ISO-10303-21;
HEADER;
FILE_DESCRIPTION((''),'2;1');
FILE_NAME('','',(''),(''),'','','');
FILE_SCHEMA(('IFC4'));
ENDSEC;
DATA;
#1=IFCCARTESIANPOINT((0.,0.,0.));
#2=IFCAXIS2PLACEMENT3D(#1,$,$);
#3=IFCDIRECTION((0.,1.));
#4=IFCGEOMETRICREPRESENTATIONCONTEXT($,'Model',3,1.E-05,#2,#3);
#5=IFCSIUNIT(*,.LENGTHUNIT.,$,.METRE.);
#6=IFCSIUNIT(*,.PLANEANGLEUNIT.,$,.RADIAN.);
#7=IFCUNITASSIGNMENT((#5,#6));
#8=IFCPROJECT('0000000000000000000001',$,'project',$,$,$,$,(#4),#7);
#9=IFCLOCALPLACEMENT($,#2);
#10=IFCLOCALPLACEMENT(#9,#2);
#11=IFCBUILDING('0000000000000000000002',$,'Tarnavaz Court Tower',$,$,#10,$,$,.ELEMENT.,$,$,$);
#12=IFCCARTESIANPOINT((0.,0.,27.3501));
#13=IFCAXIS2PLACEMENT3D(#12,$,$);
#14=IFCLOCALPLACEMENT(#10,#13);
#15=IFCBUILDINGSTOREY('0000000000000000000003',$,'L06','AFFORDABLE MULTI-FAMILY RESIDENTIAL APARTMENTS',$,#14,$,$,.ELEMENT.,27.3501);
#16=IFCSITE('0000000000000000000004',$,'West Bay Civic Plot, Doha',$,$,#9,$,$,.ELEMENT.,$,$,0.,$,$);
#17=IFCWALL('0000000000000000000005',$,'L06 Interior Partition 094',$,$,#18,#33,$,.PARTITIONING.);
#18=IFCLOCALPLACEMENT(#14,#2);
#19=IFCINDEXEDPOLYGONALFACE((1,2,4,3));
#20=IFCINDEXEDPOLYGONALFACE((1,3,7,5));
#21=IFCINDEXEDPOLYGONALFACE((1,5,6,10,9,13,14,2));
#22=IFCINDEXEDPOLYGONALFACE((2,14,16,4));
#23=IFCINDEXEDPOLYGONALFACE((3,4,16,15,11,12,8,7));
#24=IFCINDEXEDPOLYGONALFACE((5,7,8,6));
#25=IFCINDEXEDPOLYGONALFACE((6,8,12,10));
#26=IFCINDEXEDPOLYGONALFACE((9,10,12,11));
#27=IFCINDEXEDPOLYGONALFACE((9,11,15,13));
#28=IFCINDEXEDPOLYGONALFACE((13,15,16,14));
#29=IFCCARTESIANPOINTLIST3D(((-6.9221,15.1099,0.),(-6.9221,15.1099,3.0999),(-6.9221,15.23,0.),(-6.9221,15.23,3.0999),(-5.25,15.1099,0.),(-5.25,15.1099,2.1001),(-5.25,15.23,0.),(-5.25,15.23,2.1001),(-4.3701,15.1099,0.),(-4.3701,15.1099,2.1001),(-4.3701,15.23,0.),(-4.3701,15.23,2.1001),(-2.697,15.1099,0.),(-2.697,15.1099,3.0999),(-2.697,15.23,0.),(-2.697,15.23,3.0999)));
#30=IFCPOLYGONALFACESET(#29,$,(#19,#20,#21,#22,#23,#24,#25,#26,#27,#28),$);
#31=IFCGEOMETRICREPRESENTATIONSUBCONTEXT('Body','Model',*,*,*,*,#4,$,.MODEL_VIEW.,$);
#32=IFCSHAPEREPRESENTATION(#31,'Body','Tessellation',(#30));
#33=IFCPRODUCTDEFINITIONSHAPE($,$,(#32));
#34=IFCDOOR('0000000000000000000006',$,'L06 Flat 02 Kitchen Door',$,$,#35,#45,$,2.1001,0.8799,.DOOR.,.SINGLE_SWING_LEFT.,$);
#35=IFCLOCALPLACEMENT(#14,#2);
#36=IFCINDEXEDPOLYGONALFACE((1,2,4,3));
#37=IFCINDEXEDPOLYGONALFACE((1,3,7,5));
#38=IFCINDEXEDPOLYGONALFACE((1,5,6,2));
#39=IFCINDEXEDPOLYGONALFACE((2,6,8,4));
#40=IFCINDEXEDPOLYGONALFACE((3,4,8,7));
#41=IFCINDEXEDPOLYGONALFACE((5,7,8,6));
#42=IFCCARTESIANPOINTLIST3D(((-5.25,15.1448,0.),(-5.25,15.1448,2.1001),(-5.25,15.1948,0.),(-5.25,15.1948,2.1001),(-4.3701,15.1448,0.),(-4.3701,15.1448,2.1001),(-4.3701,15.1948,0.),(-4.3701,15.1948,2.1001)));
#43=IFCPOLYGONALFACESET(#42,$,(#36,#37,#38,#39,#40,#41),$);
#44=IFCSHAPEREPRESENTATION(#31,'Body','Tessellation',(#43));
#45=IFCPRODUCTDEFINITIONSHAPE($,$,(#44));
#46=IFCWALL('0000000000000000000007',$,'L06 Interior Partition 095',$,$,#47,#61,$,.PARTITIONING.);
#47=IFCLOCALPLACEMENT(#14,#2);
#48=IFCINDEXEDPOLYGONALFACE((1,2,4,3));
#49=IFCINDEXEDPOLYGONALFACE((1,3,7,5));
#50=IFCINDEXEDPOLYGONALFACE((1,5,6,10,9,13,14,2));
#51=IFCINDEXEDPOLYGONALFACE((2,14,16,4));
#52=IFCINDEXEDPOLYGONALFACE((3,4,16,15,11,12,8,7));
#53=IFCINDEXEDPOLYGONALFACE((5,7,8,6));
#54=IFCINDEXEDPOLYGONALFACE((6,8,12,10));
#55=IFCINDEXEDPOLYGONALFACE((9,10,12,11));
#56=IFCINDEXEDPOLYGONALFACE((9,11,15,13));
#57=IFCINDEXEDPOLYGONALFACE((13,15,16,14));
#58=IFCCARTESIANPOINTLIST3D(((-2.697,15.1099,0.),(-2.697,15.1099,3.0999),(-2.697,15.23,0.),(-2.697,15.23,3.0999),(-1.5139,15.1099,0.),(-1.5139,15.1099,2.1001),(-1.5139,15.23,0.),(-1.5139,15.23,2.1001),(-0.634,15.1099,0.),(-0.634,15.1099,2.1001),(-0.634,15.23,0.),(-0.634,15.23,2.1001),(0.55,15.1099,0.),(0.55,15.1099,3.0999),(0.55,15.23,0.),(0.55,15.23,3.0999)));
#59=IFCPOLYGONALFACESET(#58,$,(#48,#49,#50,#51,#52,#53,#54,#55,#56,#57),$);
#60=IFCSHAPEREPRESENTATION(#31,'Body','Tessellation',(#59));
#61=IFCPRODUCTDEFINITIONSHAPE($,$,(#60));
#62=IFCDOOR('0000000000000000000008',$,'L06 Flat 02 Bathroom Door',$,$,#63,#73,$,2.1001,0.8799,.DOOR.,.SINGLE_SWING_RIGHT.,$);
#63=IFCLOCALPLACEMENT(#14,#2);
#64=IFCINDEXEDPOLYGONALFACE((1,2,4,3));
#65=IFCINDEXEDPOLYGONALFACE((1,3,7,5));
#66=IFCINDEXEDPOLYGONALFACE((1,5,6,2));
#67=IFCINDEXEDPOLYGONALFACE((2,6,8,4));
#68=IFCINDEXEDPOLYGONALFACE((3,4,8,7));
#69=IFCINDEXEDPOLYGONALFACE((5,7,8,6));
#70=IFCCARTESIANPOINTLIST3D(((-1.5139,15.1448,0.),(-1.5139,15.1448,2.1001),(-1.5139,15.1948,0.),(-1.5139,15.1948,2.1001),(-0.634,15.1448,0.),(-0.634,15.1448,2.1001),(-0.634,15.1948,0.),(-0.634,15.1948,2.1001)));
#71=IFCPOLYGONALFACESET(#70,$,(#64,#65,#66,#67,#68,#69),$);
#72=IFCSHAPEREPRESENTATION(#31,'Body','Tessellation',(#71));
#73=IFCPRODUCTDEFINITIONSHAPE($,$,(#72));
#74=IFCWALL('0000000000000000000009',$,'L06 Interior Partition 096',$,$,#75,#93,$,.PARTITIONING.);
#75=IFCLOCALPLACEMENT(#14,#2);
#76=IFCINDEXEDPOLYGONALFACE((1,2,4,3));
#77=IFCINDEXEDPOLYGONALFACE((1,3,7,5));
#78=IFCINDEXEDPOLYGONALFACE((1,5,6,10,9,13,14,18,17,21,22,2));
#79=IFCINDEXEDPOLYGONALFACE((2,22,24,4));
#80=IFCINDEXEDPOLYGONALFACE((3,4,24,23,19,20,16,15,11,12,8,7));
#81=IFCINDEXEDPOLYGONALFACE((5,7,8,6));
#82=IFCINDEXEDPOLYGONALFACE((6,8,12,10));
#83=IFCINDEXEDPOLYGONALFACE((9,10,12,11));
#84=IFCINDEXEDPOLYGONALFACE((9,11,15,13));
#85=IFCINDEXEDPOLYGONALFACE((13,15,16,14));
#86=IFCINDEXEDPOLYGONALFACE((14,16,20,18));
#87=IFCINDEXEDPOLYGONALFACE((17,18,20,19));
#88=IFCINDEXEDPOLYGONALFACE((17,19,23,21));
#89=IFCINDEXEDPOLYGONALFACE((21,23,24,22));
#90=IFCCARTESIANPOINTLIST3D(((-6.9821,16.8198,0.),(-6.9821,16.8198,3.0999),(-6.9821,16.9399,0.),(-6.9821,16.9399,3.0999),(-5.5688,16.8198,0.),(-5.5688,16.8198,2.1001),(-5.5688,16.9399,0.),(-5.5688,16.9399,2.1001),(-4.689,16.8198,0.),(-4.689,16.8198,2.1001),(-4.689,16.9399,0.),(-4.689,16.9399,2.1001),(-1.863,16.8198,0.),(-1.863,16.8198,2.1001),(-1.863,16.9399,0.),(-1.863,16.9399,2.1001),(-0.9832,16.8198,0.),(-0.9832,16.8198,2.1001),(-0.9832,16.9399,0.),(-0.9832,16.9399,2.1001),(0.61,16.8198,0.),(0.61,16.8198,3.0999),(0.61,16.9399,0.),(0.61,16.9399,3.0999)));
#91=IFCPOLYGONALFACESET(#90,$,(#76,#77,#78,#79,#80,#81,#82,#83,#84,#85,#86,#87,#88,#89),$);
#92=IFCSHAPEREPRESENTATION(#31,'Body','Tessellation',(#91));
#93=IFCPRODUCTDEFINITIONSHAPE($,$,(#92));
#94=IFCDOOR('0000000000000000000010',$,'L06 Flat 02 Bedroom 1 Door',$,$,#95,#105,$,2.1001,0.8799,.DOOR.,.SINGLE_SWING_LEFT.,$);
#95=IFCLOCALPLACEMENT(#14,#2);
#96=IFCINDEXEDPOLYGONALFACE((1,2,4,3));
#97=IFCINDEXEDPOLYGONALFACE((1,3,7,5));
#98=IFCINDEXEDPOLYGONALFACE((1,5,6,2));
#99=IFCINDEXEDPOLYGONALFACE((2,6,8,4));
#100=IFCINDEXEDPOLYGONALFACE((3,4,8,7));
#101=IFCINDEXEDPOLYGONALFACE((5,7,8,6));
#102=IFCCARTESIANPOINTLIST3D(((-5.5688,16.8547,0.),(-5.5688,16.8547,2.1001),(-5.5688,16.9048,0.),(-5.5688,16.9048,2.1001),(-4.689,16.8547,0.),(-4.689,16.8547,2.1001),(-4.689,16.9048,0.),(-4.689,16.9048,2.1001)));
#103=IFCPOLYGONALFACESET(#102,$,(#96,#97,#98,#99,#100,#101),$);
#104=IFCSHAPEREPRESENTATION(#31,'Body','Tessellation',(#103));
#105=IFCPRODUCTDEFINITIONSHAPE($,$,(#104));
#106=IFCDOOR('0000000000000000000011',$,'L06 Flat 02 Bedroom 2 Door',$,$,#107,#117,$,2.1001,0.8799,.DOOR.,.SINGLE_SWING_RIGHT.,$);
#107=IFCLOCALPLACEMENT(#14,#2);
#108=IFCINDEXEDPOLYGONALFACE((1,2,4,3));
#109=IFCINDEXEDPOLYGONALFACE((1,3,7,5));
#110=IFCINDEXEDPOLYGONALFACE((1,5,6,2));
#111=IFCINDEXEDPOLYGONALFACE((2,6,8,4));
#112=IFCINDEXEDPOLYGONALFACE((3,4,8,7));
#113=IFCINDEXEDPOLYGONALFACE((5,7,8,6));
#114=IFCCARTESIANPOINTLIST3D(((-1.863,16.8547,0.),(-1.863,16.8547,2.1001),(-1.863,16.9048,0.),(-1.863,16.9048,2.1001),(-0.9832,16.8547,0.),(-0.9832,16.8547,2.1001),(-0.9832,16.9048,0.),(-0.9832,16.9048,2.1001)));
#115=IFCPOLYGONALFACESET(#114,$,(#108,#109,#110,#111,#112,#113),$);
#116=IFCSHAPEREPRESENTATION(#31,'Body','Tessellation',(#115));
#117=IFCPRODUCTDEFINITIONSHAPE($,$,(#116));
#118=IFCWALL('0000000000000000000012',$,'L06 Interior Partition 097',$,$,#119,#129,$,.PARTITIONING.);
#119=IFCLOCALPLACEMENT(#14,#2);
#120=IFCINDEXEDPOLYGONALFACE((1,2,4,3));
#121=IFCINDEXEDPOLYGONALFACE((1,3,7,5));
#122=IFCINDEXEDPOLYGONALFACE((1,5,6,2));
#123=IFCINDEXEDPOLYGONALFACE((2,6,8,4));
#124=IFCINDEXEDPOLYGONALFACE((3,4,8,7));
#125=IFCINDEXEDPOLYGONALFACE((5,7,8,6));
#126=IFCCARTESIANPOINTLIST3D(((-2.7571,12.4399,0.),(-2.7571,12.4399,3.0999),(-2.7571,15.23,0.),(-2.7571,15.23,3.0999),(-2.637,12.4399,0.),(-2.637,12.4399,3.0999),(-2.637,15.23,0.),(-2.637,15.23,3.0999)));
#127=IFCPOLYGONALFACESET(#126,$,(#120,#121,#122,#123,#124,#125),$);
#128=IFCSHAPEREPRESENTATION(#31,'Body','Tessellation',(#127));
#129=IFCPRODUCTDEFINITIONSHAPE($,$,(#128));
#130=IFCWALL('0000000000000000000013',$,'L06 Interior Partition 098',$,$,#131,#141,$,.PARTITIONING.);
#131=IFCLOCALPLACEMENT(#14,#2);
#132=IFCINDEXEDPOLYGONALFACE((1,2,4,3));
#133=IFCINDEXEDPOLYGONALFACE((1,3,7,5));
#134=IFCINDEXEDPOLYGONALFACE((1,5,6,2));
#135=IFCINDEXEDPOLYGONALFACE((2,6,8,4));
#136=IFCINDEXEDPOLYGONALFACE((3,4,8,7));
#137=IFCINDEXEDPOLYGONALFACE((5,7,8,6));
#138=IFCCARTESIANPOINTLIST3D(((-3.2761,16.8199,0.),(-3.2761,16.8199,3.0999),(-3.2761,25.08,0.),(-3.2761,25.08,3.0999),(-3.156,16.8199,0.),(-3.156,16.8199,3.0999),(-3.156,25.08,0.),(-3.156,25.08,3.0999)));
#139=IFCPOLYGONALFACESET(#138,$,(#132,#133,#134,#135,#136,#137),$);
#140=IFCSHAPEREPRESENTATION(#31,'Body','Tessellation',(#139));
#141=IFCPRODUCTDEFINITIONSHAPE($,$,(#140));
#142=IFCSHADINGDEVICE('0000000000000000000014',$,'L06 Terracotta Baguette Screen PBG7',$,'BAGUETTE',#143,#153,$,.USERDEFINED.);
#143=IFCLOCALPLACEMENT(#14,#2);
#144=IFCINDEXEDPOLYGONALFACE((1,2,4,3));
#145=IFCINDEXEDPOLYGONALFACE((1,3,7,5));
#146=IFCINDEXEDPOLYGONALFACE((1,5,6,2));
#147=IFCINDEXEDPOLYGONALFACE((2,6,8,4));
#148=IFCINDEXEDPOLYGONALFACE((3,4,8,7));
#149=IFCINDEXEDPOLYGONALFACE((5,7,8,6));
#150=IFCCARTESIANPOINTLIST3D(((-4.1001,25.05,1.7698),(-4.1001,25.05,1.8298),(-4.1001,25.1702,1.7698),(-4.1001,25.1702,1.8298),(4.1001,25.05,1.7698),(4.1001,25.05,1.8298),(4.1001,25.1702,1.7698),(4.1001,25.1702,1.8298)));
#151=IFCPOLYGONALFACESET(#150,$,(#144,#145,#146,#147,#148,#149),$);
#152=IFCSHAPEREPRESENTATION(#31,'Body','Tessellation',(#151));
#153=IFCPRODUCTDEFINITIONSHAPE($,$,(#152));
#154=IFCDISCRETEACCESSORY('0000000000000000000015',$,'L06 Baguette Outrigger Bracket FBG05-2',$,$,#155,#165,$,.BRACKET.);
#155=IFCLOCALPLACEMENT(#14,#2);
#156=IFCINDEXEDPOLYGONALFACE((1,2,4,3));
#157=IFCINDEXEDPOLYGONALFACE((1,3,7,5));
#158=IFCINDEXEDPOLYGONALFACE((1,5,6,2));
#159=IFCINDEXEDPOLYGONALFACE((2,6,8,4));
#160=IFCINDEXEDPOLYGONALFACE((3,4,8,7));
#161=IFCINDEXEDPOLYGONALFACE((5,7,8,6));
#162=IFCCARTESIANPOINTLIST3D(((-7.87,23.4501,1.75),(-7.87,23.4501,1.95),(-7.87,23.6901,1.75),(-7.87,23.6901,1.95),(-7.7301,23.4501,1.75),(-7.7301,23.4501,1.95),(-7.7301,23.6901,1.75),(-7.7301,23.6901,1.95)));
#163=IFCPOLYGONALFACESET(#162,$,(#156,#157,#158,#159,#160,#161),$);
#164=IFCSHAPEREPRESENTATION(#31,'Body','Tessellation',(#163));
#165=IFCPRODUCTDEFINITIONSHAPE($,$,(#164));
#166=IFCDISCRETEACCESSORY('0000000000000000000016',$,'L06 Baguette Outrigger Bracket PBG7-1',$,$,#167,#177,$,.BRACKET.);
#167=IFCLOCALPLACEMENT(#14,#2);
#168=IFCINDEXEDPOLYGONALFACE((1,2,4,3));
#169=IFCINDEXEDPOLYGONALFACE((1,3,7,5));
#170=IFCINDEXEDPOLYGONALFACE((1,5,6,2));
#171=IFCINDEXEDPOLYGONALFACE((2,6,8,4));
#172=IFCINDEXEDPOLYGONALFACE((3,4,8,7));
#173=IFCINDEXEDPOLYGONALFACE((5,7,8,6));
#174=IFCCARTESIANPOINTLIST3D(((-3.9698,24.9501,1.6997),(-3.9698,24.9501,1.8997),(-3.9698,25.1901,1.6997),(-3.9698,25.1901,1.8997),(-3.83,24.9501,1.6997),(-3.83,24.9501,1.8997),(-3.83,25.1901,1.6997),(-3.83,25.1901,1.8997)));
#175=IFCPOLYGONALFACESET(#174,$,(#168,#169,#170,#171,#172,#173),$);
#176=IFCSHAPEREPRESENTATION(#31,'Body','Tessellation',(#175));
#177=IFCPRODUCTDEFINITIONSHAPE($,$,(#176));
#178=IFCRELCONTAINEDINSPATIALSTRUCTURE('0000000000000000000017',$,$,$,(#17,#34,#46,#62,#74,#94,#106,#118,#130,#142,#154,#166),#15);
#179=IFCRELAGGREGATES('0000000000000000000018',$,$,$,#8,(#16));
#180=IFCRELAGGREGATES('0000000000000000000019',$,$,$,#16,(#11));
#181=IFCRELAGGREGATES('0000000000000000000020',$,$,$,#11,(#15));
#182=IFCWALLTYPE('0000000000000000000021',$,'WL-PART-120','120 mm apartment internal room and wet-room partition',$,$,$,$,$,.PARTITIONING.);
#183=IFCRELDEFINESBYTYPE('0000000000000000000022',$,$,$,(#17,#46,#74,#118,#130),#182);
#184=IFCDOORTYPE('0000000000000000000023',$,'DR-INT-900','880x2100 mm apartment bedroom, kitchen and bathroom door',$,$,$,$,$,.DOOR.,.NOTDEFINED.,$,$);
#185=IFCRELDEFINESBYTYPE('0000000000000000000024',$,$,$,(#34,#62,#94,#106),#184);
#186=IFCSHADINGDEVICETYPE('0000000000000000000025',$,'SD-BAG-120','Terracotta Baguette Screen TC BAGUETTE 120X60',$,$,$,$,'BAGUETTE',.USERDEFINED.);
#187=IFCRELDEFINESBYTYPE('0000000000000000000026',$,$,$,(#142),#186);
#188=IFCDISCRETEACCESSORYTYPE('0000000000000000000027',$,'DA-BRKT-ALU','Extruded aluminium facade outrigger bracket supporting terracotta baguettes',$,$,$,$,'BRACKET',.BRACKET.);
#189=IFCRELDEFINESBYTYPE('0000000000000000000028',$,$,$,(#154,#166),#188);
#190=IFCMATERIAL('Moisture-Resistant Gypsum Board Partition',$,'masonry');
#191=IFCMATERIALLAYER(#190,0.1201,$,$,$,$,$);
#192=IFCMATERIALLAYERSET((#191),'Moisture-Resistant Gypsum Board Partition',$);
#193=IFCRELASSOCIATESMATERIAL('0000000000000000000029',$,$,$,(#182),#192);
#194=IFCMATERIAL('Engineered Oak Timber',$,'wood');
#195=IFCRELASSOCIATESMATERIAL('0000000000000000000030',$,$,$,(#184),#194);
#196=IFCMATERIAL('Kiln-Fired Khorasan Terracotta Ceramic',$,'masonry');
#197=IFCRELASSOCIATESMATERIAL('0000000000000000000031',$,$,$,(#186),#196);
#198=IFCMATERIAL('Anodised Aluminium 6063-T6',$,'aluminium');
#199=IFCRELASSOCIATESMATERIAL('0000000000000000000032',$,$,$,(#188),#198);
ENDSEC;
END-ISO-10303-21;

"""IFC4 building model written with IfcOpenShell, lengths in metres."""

from ifc_helpers import new_model, si_unit, direction, frame, frame_2d, origin, origin_2d, place, context, subcontext, project, spatial, rectangle, extrude, material, layer, layer_set, material_profile, profile_set, type_object, element, fill, save


model = new_model("IFC4")

# Units and contexts
model_context = context("Model", 3, precision=1e-05, world=origin(), true_north=direction((0.0, 1.0)))
body_context = subcontext(model_context, "Body", "Model", "MODEL_VIEW")
ifc_project = project(units=[si_unit("LENGTHUNIT", "METRE"), si_unit("PLANEANGLEUNIT", "RADIAN")], contexts=[model_context])

# Site, building, storey
site_placement = place(None, origin())
site = spatial("IfcSite", under=ifc_project, at=site_placement, Name="West Bay Civic Plot, Doha", CompositionType="ELEMENT", RefElevation=0.0)
building_placement = place(site_placement, origin())
building = spatial("IfcBuilding", under=site, at=building_placement, Name="Tarnavaz Court Tower", CompositionType="ELEMENT")
storey_placement = place(building_placement, frame((0.0, 0.0, 27.3501)))
storey = spatial("IfcBuildingStorey", under=building, at=storey_placement, Name="L06", Description="AFFORDABLE MULTI-FAMILY RESIDENTIAL APARTMENTS", CompositionType="ELEMENT", Elevation=27.3501)

# Shared definitions
ifc_material_1 = material(Name="Anodised Aluminium 6063-T6", Category="aluminium")

# Walls, openings, doors
ifc_material_2 = material(Name="Moisture-Resistant Gypsum Board Partition", Category="masonry")
ifc_layer_1 = layer(ifc_material_2, 0.1201)
ifc_layer_set_1 = layer_set([ifc_layer_1], Name="Moisture-Resistant Gypsum Board Partition")
wall_type_1 = type_object("IfcWallType", Name="WL-PART-120", Description="120 mm apartment internal room and wet-room partition", PredefinedType="PARTITIONING", material=ifc_layer_set_1)
ifc_material_3 = material(Name="Engineered Oak Timber", Category="wood")
wall_1_placement = place(storey_placement, frame((-6.9221, 15.1699, 0.0), z_axis=(0.0, 0.0, 1.0), x_axis=(1.0, 0.0, 0.0)))
wall_1 = element("IfcWall", 1, at=wall_1_placement, inside=storey, type_object=wall_type_1, Name="L06 Interior Partition 094", PredefinedType="PARTITIONING", context=body_context, shape_type="SweptSolid", body=[
    extrude(rectangle(XDim=4.2251, YDim=0.1201, at=frame_2d((2.1125, 0.0))), origin(), (0.0, 0.0, 1.0), 3.0999),
])
opening_1_placement = place(wall_1_placement, frame((1.6721, 0.0, 0.0)))
opening_1 = element("IfcOpeningElement", 2, at=opening_1_placement, cuts=wall_1, PredefinedType="OPENING", context=body_context, shape_type="SweptSolid", body=[
    extrude(rectangle(XDim=0.8799, YDim=2.1001, at=frame_2d((0.4399, 1.05))), frame((0.0, 0.0701, 0.0), z_axis=(0.0, -1.0, 0.0), x_axis=(1.0, 0.0, 0.0)), (0.0, 0.0, 1.0), 0.1401),
])
door_type_1 = type_object("IfcDoorType", Name="DR-INT-900", Description="880x2100 mm apartment bedroom, kitchen and bathroom door", OperationType="NOTDEFINED", PredefinedType="DOOR", material=ifc_material_3)
door_1_placement = place(opening_1_placement, origin())
door_1 = element("IfcDoor", 3, at=door_1_placement, inside=storey, type_object=door_type_1, Name="L06 Flat 02 Kitchen Door", OperationType="SINGLE_SWING_LEFT", OverallHeight=2.1001, OverallWidth=0.8799, PredefinedType="DOOR", context=body_context, shape_type="SweptSolid", body=[
    extrude(rectangle(XDim=0.8799, YDim=2.1001, at=frame_2d((0.4399, 1.05))), frame((0.0, 0.0249, 0.0), z_axis=(0.0, -1.0, 0.0), x_axis=(1.0, 0.0, 0.0)), (0.0, 0.0, 1.0), 0.05),
])
fill(opening_1, door_1)
wall_2_placement = place(storey_placement, frame((-2.697, 15.1699, 0.0), z_axis=(0.0, 0.0, 1.0), x_axis=(1.0, 0.0, 0.0)))
wall_2 = element("IfcWall", 4, at=wall_2_placement, inside=storey, type_object=wall_type_1, Name="L06 Interior Partition 095", PredefinedType="PARTITIONING", context=body_context, shape_type="SweptSolid", body=[
    extrude(rectangle(XDim=3.2471, YDim=0.1201, at=frame_2d((1.6235, 0.0))), origin(), (0.0, 0.0, 1.0), 3.0999),
])
opening_2_placement = place(wall_2_placement, frame((1.1831, 0.0, 0.0)))
opening_2 = element("IfcOpeningElement", 5, at=opening_2_placement, cuts=wall_2, PredefinedType="OPENING", context=body_context, shape_type="SweptSolid", body=[
    extrude(rectangle(XDim=0.8799, YDim=2.1001, at=frame_2d((0.4399, 1.05))), frame((0.0, 0.0701, 0.0), z_axis=(0.0, -1.0, 0.0), x_axis=(1.0, 0.0, 0.0)), (0.0, 0.0, 1.0), 0.1401),
])
door_2_placement = place(opening_2_placement, origin())
door_2 = element("IfcDoor", 6, at=door_2_placement, inside=storey, type_object=door_type_1, Name="L06 Flat 02 Bathroom Door", OperationType="SINGLE_SWING_RIGHT", OverallHeight=2.1001, OverallWidth=0.8799, PredefinedType="DOOR", context=body_context, shape_type="SweptSolid", body=[
    extrude(rectangle(XDim=0.8799, YDim=2.1001, at=frame_2d((0.4399, 1.05))), frame((0.0, 0.0249, 0.0), z_axis=(0.0, -1.0, 0.0), x_axis=(1.0, 0.0, 0.0)), (0.0, 0.0, 1.0), 0.05),
])
fill(opening_2, door_2)

# Wall, openings, doors
wall_3_placement = place(storey_placement, frame((-6.9819, 16.8799, 0.0), z_axis=(0.0, 0.0, 1.0), x_axis=(1.0, 0.0, 0.0)))
wall_3 = element("IfcWall", 7, at=wall_3_placement, inside=storey, type_object=wall_type_1, Name="L06 Interior Partition 096", PredefinedType="PARTITIONING", context=body_context, shape_type="SweptSolid", body=[
    extrude(rectangle(XDim=7.592, YDim=0.1201, at=frame_2d((3.7959, 0.0))), origin(), (0.0, 0.0, 1.0), 3.0999),
])
opening_3_placement = place(wall_3_placement, frame((1.4131, 0.0, 0.0)))
opening_3 = element("IfcOpeningElement", 8, at=opening_3_placement, cuts=wall_3, PredefinedType="OPENING", context=body_context, shape_type="SweptSolid", body=[
    extrude(rectangle(XDim=0.8799, YDim=2.1001, at=frame_2d((0.4399, 1.05))), frame((0.0, 0.0701, 0.0), z_axis=(0.0, -1.0, 0.0), x_axis=(1.0, 0.0, 0.0)), (0.0, 0.0, 1.0), 0.1401),
])
opening_4_placement = place(wall_3_placement, frame((5.1189, 0.0, 0.0)))
opening_4 = element("IfcOpeningElement", 9, at=opening_4_placement, cuts=wall_3, PredefinedType="OPENING", context=body_context, shape_type="SweptSolid", body=[
    extrude(rectangle(XDim=0.8799, YDim=2.1001, at=frame_2d((0.4399, 1.05))), frame((0.0, 0.0701, 0.0), z_axis=(0.0, -1.0, 0.0), x_axis=(1.0, 0.0, 0.0)), (0.0, 0.0, 1.0), 0.1401),
])
door_3_placement = place(opening_3_placement, origin())
door_3 = element("IfcDoor", 10, at=door_3_placement, inside=storey, type_object=door_type_1, Name="L06 Flat 02 Bedroom 1 Door", OperationType="SINGLE_SWING_LEFT", OverallHeight=2.1001, OverallWidth=0.8799, PredefinedType="DOOR", context=body_context, shape_type="SweptSolid", body=[
    extrude(rectangle(XDim=0.8799, YDim=2.1001, at=frame_2d((0.4399, 1.05))), frame((0.0, 0.0249, 0.0), z_axis=(0.0, -1.0, 0.0), x_axis=(1.0, 0.0, 0.0)), (0.0, 0.0, 1.0), 0.05),
])
fill(opening_3, door_3)
door_4_placement = place(opening_4_placement, origin())
door_4 = element("IfcDoor", 11, at=door_4_placement, inside=storey, type_object=door_type_1, Name="L06 Flat 02 Bedroom 2 Door", OperationType="SINGLE_SWING_RIGHT", OverallHeight=2.1001, OverallWidth=0.8799, PredefinedType="DOOR", context=body_context, shape_type="SweptSolid", body=[
    extrude(rectangle(XDim=0.8799, YDim=2.1001, at=frame_2d((0.4399, 1.05))), frame((0.0, 0.0249, 0.0), z_axis=(0.0, -1.0, 0.0), x_axis=(1.0, 0.0, 0.0)), (0.0, 0.0, 1.0), 0.05),
])
fill(opening_4, door_4)

# Walls
wall_4_placement = place(storey_placement, frame((-2.697, 12.4399, 0.0), z_axis=(0.0, 0.0, 1.0), x_axis=(0.0, 1.0, 0.0)))
element("IfcWall", 12, at=wall_4_placement, inside=storey, type_object=wall_type_1, Name="L06 Interior Partition 097", PredefinedType="PARTITIONING", context=body_context, shape_type="SweptSolid", body=[
    extrude(rectangle(XDim=2.79, YDim=0.1201, at=frame_2d((1.395, 0.0))), origin(), (0.0, 0.0, 1.0), 3.0999),
])
wall_5_placement = place(storey_placement, frame((-3.2161, 16.8201, 0.0), z_axis=(0.0, 0.0, 1.0), x_axis=(0.0, 1.0, 0.0)))
element("IfcWall", 13, at=wall_5_placement, inside=storey, type_object=wall_type_1, Name="L06 Interior Partition 098", PredefinedType="PARTITIONING", context=body_context, shape_type="SweptSolid", body=[
    extrude(rectangle(XDim=8.26, YDim=0.1201, at=frame_2d((4.1299, 0.0))), origin(), (0.0, 0.0, 1.0), 3.0999),
])

# Shading device
ifc_material_4 = material(Name="Kiln-Fired Khorasan Terracotta Ceramic", Category="masonry")
ifc_material_profile_1 = material_profile(ifc_material_4, rectangle(XDim=0.1201, YDim=0.0601, at=origin_2d()), Name="TC BAGUETTE 120X60")
ifc_profile_set_1 = profile_set([ifc_material_profile_1], Name="Kiln-Fired Khorasan Terracotta Ceramic")
shading_device_type = type_object("IfcShadingDeviceType", Name="SD-BAG-120", Description="Terracotta Baguette Screen TC BAGUETTE 120X60", ElementType="BAGUETTE", PredefinedType="USERDEFINED", material=ifc_profile_set_1)
shading_device_placement = place(storey_placement, frame((-4.1001, 25.1101, 1.7998), z_axis=(1.0, 0.0, 0.0), x_axis=(0.0, 1.0, 0.0)))
element("IfcShadingDevice", 14, at=shading_device_placement, inside=storey, type_object=shading_device_type, Name="L06 Terracotta Baguette Screen PBG7", ObjectType="BAGUETTE", PredefinedType="USERDEFINED", context=body_context, shape_type="SweptSolid", body=[
    extrude(rectangle(XDim=0.1201, YDim=0.0601, at=origin_2d()), origin(), (0.0, 0.0, 1.0), 8.2002),
])

# Discrete accessories
discrete_accessory_type = type_object("IfcDiscreteAccessoryType", Name="DA-BRKT-ALU", Description="Extruded aluminium facade outrigger bracket supporting terracotta baguettes", ElementType="BRACKET", PredefinedType="BRACKET", material=ifc_material_1)
for number, where, z_axis, x_axis, name in (
    (15, (-7.8, 23.5701, 1.75), (0.0, 0.0, 1.0), (1.0, 0.0, 0.0), "L06 Baguette Outrigger Bracket FBG05-2"),
    (16, (-3.8999, 25.0701, 1.6997), (0.0, 0.0, 1.0), (1.0, 0.0, 0.0), "L06 Baguette Outrigger Bracket PBG7-1"),
):
    element("IfcDiscreteAccessory", number, at=place(storey_placement, frame(where, z_axis=z_axis, x_axis=x_axis)), inside=storey, type_object=discrete_accessory_type, Name=name, PredefinedType="BRACKET", context=body_context, shape_type="SweptSolid", body=[
        extrude(rectangle(XDim=0.1399, YDim=0.24, at=origin_2d()), origin(), (0.0, 0.0, 1.0), 0.2),
    ])

save(model, "model.ifc")
